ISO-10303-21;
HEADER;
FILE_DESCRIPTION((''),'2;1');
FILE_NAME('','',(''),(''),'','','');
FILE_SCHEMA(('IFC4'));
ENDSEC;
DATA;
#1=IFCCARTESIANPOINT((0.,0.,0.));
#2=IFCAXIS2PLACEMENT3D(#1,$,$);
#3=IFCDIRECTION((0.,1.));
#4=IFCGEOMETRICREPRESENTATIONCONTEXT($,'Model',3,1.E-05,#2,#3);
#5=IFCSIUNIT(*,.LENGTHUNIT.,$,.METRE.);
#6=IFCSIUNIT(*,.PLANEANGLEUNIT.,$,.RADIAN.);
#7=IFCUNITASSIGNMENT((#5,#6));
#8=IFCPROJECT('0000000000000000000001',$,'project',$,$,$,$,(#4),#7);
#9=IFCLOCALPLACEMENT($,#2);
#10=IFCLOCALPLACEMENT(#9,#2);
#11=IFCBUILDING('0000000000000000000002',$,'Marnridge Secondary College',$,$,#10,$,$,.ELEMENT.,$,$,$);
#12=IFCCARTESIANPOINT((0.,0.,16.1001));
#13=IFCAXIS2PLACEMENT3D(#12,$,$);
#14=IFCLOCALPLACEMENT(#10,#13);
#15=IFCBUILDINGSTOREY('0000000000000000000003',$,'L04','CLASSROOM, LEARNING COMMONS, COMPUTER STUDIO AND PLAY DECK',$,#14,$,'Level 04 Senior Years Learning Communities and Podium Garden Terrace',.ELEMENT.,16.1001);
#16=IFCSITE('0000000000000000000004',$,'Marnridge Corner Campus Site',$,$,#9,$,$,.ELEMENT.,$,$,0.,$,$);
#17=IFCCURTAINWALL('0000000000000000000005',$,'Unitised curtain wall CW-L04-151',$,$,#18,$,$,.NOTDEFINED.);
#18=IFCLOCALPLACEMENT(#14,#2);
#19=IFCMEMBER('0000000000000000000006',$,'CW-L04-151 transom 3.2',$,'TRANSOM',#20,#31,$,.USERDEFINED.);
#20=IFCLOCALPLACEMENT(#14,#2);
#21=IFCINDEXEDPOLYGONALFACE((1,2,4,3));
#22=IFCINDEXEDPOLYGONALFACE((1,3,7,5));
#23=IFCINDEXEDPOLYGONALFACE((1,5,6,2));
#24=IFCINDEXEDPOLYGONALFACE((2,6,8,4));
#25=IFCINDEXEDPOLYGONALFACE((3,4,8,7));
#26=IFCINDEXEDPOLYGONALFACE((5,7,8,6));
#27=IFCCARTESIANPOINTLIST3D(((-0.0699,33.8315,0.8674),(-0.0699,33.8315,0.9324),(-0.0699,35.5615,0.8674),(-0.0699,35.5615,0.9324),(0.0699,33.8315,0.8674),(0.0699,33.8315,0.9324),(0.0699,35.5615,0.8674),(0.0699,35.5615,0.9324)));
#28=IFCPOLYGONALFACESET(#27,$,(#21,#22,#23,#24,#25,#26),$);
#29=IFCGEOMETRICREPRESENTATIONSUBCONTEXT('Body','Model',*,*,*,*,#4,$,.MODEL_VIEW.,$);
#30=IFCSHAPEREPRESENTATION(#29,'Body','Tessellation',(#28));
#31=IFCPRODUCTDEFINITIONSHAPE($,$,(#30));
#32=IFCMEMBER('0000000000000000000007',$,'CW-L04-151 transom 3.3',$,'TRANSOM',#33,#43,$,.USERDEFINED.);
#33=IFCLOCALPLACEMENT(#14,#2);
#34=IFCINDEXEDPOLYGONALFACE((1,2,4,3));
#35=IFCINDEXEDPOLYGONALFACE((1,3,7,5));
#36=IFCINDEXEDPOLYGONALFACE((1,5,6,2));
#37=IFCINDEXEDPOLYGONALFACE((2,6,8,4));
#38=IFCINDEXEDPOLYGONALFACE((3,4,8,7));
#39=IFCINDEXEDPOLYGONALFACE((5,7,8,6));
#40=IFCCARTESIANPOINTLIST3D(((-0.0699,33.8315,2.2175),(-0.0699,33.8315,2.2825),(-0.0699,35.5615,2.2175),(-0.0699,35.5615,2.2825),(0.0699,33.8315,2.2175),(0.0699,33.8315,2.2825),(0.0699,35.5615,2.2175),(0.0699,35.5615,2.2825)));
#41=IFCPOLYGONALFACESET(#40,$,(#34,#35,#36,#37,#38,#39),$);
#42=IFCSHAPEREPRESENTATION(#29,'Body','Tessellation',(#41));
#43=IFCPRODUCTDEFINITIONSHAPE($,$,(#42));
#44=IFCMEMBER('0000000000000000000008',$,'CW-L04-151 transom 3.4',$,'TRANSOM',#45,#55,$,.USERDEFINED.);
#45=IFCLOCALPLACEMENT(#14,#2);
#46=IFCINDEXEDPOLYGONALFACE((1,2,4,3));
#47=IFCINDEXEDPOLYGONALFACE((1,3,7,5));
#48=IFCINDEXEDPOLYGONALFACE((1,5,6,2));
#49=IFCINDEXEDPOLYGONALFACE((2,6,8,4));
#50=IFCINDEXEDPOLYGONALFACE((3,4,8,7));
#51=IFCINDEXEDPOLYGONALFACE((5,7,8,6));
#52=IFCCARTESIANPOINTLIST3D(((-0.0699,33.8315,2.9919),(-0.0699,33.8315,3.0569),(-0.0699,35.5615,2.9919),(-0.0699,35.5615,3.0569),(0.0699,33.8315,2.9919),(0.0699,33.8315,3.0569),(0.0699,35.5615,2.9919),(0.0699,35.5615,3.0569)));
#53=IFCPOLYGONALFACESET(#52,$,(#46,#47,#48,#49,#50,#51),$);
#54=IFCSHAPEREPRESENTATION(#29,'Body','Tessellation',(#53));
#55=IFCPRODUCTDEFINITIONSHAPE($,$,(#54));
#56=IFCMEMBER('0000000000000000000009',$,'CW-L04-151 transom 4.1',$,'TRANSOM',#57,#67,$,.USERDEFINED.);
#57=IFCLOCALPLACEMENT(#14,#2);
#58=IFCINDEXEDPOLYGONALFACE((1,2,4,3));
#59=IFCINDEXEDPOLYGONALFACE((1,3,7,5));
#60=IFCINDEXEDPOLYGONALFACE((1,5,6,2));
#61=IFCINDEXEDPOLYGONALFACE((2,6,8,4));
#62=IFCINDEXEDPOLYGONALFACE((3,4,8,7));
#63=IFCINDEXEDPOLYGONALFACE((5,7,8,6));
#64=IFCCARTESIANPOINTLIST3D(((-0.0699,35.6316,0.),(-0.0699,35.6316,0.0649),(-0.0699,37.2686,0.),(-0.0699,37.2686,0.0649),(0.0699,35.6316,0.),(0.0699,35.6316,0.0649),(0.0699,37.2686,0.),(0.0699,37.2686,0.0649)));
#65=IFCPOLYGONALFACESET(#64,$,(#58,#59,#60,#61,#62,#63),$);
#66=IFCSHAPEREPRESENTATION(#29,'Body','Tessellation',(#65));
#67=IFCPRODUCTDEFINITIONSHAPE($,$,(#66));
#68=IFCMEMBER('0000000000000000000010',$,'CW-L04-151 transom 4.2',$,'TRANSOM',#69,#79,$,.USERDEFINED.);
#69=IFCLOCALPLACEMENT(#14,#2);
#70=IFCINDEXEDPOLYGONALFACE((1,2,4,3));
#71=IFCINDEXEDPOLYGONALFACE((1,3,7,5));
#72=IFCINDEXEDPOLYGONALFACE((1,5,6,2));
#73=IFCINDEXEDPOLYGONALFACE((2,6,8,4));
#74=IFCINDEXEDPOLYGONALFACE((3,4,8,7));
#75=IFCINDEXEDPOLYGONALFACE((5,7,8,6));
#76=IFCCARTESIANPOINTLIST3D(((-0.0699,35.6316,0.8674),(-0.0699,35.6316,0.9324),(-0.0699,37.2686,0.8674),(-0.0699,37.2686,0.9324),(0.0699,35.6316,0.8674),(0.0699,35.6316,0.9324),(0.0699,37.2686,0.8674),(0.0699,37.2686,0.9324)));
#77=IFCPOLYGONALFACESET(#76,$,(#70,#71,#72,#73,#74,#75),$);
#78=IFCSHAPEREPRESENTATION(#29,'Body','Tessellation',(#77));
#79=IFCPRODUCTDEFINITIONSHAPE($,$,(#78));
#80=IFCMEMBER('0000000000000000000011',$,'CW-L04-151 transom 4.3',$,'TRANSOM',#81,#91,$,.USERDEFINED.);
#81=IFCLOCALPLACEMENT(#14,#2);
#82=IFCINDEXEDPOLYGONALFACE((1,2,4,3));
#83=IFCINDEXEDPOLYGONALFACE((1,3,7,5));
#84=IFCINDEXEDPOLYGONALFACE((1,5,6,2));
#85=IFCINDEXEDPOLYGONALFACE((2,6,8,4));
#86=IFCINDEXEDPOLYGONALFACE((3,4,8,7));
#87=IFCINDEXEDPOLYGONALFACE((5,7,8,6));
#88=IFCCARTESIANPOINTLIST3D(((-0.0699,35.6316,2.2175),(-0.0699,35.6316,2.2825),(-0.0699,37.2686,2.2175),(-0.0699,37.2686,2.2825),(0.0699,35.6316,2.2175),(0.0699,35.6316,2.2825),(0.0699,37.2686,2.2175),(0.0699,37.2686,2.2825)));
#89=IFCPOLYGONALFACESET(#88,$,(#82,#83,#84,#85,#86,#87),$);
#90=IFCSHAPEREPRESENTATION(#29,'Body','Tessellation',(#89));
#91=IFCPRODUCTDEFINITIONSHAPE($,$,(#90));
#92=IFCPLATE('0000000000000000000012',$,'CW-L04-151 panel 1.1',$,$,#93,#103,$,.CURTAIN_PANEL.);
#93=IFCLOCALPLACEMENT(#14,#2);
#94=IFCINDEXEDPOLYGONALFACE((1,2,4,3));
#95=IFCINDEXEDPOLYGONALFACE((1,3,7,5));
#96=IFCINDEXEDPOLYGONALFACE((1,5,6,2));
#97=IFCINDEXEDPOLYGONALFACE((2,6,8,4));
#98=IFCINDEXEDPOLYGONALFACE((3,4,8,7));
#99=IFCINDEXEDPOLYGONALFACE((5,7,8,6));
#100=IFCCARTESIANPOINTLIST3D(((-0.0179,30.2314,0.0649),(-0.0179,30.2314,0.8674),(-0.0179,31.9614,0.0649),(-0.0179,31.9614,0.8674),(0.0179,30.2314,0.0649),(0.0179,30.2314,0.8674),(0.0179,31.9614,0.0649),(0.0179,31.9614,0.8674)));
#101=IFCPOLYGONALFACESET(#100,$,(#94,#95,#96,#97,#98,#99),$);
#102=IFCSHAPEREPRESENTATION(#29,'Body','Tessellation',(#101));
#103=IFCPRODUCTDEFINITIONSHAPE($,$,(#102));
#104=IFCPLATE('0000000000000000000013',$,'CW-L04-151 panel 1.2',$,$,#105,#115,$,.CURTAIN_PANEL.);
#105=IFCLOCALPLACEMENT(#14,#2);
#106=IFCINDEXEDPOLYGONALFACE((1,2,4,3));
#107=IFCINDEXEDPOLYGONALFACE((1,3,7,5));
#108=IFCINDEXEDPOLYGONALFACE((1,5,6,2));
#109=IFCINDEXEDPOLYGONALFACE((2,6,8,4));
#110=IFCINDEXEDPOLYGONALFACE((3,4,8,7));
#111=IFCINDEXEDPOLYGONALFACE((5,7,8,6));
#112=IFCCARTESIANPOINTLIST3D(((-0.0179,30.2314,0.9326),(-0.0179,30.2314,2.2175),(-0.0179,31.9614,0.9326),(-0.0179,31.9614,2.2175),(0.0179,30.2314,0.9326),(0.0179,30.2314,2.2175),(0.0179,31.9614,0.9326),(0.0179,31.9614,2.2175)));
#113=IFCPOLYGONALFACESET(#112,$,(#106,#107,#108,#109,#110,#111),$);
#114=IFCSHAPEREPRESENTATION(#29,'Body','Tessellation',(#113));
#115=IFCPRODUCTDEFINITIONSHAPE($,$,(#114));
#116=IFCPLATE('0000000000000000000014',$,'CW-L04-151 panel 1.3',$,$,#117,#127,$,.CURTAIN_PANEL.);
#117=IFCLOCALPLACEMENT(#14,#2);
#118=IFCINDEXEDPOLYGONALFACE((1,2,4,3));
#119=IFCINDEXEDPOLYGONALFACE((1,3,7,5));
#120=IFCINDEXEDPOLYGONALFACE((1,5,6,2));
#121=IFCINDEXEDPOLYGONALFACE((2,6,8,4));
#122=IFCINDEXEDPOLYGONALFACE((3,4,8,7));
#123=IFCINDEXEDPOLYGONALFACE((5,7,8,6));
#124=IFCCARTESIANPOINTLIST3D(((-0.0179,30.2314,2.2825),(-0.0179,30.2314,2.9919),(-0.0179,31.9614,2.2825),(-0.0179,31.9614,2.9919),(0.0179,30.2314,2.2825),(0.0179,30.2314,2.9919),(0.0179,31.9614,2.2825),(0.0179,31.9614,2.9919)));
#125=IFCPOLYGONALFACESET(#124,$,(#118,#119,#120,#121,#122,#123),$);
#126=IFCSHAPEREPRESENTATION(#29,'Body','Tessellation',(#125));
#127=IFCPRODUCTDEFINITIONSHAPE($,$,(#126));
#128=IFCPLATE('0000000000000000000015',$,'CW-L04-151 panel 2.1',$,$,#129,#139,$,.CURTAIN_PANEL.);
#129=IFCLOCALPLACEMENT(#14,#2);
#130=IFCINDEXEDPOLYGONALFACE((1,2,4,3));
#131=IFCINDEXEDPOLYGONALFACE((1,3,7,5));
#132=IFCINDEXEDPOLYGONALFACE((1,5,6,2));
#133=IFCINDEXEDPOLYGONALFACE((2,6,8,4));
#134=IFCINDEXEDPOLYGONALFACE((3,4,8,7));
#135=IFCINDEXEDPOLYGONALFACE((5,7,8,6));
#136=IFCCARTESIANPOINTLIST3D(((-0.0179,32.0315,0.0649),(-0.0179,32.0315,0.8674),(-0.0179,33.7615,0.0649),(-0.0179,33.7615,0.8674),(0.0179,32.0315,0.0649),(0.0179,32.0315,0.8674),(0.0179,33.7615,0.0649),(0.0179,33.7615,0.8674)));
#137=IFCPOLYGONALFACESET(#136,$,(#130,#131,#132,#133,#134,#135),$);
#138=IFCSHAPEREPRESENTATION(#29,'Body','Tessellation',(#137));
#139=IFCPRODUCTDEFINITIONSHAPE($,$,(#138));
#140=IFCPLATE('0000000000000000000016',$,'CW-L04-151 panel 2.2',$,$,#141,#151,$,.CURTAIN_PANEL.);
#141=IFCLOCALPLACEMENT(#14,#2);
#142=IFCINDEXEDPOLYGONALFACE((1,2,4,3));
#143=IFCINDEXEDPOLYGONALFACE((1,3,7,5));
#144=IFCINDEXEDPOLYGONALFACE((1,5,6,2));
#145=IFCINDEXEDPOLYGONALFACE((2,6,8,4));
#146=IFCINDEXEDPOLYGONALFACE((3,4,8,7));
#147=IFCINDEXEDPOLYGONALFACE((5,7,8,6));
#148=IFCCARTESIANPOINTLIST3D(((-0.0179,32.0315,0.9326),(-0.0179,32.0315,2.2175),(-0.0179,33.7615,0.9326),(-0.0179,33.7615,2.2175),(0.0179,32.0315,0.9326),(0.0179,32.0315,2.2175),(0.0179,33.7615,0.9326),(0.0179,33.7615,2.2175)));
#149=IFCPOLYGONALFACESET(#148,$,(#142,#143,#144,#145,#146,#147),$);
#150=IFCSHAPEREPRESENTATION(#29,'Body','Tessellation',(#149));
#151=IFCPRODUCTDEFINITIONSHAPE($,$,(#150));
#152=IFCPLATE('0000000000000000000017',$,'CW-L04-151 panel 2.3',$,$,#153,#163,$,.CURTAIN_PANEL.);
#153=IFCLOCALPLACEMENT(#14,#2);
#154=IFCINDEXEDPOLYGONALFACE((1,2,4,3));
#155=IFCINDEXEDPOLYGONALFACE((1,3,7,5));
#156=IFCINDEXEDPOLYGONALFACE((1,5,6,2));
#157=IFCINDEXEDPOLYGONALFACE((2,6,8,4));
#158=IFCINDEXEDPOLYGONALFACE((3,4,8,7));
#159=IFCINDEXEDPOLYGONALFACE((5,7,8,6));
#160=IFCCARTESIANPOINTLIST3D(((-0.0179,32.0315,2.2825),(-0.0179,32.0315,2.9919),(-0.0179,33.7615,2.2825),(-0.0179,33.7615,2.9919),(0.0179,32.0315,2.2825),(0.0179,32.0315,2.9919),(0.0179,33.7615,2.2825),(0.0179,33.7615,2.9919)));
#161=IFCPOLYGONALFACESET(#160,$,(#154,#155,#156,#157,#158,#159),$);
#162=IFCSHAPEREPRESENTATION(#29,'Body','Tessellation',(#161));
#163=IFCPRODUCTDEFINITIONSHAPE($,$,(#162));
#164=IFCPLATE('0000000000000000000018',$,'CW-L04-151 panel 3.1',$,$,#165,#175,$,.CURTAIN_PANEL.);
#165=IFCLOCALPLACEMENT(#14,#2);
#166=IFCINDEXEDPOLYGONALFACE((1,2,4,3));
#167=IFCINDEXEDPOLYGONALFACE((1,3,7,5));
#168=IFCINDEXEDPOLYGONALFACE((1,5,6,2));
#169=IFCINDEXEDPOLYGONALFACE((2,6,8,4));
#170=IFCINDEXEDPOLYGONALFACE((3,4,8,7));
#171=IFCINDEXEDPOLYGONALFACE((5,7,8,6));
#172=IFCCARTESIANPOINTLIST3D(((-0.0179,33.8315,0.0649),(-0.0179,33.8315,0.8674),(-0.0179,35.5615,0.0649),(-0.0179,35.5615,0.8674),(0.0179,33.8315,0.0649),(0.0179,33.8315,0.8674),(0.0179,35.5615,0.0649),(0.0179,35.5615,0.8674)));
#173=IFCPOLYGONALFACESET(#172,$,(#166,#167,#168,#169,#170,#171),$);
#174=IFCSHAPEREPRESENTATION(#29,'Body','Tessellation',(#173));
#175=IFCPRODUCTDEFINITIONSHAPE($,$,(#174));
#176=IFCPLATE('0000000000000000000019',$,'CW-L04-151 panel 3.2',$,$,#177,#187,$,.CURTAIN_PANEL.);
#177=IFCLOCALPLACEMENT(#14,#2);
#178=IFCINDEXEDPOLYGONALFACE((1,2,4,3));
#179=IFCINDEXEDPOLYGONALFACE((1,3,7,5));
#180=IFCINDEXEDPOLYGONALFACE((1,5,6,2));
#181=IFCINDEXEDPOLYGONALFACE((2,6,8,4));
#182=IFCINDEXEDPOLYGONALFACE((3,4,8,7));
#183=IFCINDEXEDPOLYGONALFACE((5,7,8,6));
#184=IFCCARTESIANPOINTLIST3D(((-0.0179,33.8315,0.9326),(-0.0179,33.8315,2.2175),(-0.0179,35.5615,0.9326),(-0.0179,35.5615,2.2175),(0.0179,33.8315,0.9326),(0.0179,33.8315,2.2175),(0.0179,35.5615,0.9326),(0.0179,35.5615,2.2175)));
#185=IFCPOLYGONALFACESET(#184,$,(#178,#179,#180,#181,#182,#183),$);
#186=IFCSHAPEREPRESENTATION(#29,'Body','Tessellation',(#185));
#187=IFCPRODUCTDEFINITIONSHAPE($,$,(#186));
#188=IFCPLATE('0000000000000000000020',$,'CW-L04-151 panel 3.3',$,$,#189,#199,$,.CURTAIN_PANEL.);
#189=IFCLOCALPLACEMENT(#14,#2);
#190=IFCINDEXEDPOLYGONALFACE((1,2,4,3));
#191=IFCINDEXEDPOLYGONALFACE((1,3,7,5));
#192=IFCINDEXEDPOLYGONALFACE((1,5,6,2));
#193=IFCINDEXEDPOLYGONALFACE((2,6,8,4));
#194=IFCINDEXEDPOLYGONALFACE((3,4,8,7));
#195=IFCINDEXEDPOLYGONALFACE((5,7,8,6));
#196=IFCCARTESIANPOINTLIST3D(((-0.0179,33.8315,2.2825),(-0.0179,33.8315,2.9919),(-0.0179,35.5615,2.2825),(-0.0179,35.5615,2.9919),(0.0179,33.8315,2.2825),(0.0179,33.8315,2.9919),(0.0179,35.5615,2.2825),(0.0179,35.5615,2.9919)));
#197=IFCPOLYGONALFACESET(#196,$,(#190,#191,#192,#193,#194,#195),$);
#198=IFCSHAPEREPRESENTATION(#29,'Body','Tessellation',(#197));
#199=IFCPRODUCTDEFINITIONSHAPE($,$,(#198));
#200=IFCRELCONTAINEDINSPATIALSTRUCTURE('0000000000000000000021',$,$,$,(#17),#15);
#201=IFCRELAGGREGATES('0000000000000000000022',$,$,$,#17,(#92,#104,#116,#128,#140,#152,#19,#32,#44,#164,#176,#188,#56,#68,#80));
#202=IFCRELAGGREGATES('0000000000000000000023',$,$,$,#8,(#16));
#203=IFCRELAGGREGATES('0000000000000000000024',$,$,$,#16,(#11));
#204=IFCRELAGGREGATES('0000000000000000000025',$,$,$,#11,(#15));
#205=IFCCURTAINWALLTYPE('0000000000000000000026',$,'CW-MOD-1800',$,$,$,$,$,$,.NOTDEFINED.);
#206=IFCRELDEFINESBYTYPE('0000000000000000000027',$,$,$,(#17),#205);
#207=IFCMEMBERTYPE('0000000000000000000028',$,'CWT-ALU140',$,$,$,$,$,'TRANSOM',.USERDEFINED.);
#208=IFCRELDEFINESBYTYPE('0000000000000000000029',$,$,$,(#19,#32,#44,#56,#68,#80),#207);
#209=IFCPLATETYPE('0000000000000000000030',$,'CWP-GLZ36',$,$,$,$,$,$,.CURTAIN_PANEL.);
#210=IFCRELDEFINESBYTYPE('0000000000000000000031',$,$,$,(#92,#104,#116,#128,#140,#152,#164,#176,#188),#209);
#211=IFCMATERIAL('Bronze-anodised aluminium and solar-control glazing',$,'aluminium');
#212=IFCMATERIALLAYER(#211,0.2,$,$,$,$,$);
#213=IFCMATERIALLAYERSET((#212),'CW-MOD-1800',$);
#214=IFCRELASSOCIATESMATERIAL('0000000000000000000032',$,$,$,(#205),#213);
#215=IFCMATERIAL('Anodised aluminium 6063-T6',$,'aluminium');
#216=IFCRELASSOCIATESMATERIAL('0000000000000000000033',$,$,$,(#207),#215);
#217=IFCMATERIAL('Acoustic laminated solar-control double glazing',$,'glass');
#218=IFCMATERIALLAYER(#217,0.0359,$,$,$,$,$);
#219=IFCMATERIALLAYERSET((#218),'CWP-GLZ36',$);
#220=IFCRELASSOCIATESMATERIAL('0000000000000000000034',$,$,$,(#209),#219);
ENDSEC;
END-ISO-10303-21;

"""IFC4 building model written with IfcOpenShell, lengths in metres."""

from ifc_helpers import new_model, si_unit, direction, frame, origin, origin_2d, place, context, subcontext, project, spatial, rectangle, extrude, material, layer, layer_set, material_profile, profile_set, type_object, element, aggregate, save


model = new_model("IFC4")

# Units and contexts
model_context = context("Model", 3, precision=1e-05, world=origin(), true_north=direction((0.0, 1.0)))
body_context = subcontext(model_context, "Body", "Model", "MODEL_VIEW")
ifc_project = project(units=[si_unit("LENGTHUNIT", "METRE"), si_unit("PLANEANGLEUNIT", "RADIAN")], contexts=[model_context])

# Site, building, storey
site_placement = place(None, origin())
site = spatial("IfcSite", under=ifc_project, at=site_placement, Name="Marnridge Corner Campus Site", CompositionType="ELEMENT", RefElevation=0.0)
building_placement = place(site_placement, origin())
building = spatial("IfcBuilding", under=site, at=building_placement, Name="Marnridge Secondary College", CompositionType="ELEMENT")
storey_placement = place(building_placement, frame((0.0, 0.0, 16.1001)))
storey = spatial("IfcBuildingStorey", under=building, at=storey_placement, Name="L04", Description="CLASSROOM, LEARNING COMMONS, COMPUTER STUDIO AND PLAY DECK", LongName="Level 04 Senior Years Learning Communities and Podium Garden Terrace", CompositionType="ELEMENT", Elevation=16.1001)

# Curtain wall, members, plates
ifc_material_1 = material(Name="Bronze-anodised aluminium and solar-control glazing", Category="aluminium")
ifc_layer_1 = layer(ifc_material_1, 0.2)
ifc_layer_set_1 = layer_set([ifc_layer_1], Name="CW-MOD-1800")
curtain_wall_type = type_object("IfcCurtainWallType", Name="CW-MOD-1800", PredefinedType="NOTDEFINED", material=ifc_layer_set_1)
curtain_wall_placement = place(storey_placement, origin())
curtain_wall = element("IfcCurtainWall", 1, at=curtain_wall_placement, inside=storey, type_object=curtain_wall_type, Name="Unitised curtain wall CW-L04-151", PredefinedType="NOTDEFINED")
ifc_material_2 = material(Name="Anodised aluminium 6063-T6", Category="aluminium")
ifc_material_profile_1 = material_profile(ifc_material_2, rectangle(XDim=0.0649, YDim=0.1399, at=origin_2d()), Name="ALU 65x140")
ifc_profile_set_1 = profile_set([ifc_material_profile_1], Name="Anodised aluminium 6063-T6")
member_type_1 = type_object("IfcMemberType", Name="CWT-ALU140", ElementType="TRANSOM", PredefinedType="USERDEFINED", material=ifc_profile_set_1)
member_1_placement = place(storey_placement, frame((0.0, 33.8315, 0.8999), z_axis=(0.0, 1.0, 0.0), x_axis=(0.0, 0.0, 1.0)))
member_1 = element("IfcMember", 2, at=member_1_placement, type_object=member_type_1, Name="CW-L04-151 transom 3.2", ObjectType="TRANSOM", PredefinedType="USERDEFINED", context=body_context, shape_type="SweptSolid", body=[
    extrude(rectangle(XDim=0.0649, YDim=0.1399, at=origin_2d()), origin(), (0.0, 0.0, 1.0), 1.73),
])
member_2_placement = place(storey_placement, frame((0.0, 33.8315, 2.25), z_axis=(0.0, 1.0, 0.0), x_axis=(0.0, 0.0, 1.0)))
member_2 = element("IfcMember", 3, at=member_2_placement, type_object=member_type_1, Name="CW-L04-151 transom 3.3", ObjectType="TRANSOM", PredefinedType="USERDEFINED", context=body_context, shape_type="SweptSolid", body=[
    extrude(rectangle(XDim=0.0649, YDim=0.1399, at=origin_2d()), origin(), (0.0, 0.0, 1.0), 1.73),
])
member_3_placement = place(storey_placement, frame((0.0, 33.8315, 3.0244), z_axis=(0.0, 1.0, 0.0), x_axis=(0.0, 0.0, 1.0)))
member_3 = element("IfcMember", 4, at=member_3_placement, type_object=member_type_1, Name="CW-L04-151 transom 3.4", ObjectType="TRANSOM", PredefinedType="USERDEFINED", context=body_context, shape_type="SweptSolid", body=[
    extrude(rectangle(XDim=0.0649, YDim=0.1399, at=origin_2d()), origin(), (0.0, 0.0, 1.0), 1.73),
])
member_4_placement = place(storey_placement, frame((0.0, 35.6316, 0.0325), z_axis=(0.0, 1.0, 0.0), x_axis=(0.0, 0.0, 1.0)))
member_4 = element("IfcMember", 5, at=member_4_placement, type_object=member_type_1, Name="CW-L04-151 transom 4.1", ObjectType="TRANSOM", PredefinedType="USERDEFINED", context=body_context, shape_type="SweptSolid", body=[
    extrude(rectangle(XDim=0.0649, YDim=0.1399, at=origin_2d()), origin(), (0.0, 0.0, 1.0), 1.637),
])
member_5_placement = place(storey_placement, frame((0.0, 35.6316, 0.8999), z_axis=(0.0, 1.0, 0.0), x_axis=(0.0, 0.0, 1.0)))
member_5 = element("IfcMember", 6, at=member_5_placement, type_object=member_type_1, Name="CW-L04-151 transom 4.2", ObjectType="TRANSOM", PredefinedType="USERDEFINED", context=body_context, shape_type="SweptSolid", body=[
    extrude(rectangle(XDim=0.0649, YDim=0.1399, at=origin_2d()), origin(), (0.0, 0.0, 1.0), 1.637),
])
member_6_placement = place(storey_placement, frame((0.0, 35.6316, 2.25), z_axis=(0.0, 1.0, 0.0), x_axis=(0.0, 0.0, 1.0)))
member_6 = element("IfcMember", 7, at=member_6_placement, type_object=member_type_1, Name="CW-L04-151 transom 4.3", ObjectType="TRANSOM", PredefinedType="USERDEFINED", context=body_context, shape_type="SweptSolid", body=[
    extrude(rectangle(XDim=0.0649, YDim=0.1399, at=origin_2d()), origin(), (0.0, 0.0, 1.0), 1.637),
])
ifc_material_3 = material(Name="Acoustic laminated solar-control double glazing", Category="glass")
ifc_layer_2 = layer(ifc_material_3, 0.0359)
ifc_layer_set_2 = layer_set([ifc_layer_2], Name="CWP-GLZ36")
plate_type = type_object("IfcPlateType", Name="CWP-GLZ36", PredefinedType="CURTAIN_PANEL", material=ifc_layer_set_2)
plate_1_placement = place(storey_placement, frame((0.0, 31.0964, 0.0649), z_axis=(0.0, 0.0, 1.0), x_axis=(0.0, 1.0, 0.0)))
plate_1 = element("IfcPlate", 8, at=plate_1_placement, type_object=plate_type, Name="CW-L04-151 panel 1.1", PredefinedType="CURTAIN_PANEL", context=body_context, shape_type="SweptSolid", body=[
    extrude(rectangle(XDim=1.73, YDim=0.0359, at=origin_2d()), origin(), (0.0, 0.0, 1.0), 0.8025),
])
plate_2_placement = place(storey_placement, frame((0.0, 31.0964, 0.9326), z_axis=(0.0, 0.0, 1.0), x_axis=(0.0, 1.0, 0.0)))
plate_2 = element("IfcPlate", 9, at=plate_2_placement, type_object=plate_type, Name="CW-L04-151 panel 1.2", PredefinedType="CURTAIN_PANEL", context=body_context, shape_type="SweptSolid", body=[
    extrude(rectangle(XDim=1.73, YDim=0.0359, at=origin_2d()), origin(), (0.0, 0.0, 1.0), 1.2849),
])
plate_3_placement = place(storey_placement, frame((0.0, 31.0964, 2.2825), z_axis=(0.0, 0.0, 1.0), x_axis=(0.0, 1.0, 0.0)))
plate_3 = element("IfcPlate", 10, at=plate_3_placement, type_object=plate_type, Name="CW-L04-151 panel 1.3", PredefinedType="CURTAIN_PANEL", context=body_context, shape_type="SweptSolid", body=[
    extrude(rectangle(XDim=1.73, YDim=0.0359, at=origin_2d()), origin(), (0.0, 0.0, 1.0), 0.7095),
])
plate_4_placement = place(storey_placement, frame((0.0, 32.8965, 0.0649), z_axis=(0.0, 0.0, 1.0), x_axis=(0.0, 1.0, 0.0)))
plate_4 = element("IfcPlate", 11, at=plate_4_placement, type_object=plate_type, Name="CW-L04-151 panel 2.1", PredefinedType="CURTAIN_PANEL", context=body_context, shape_type="SweptSolid", body=[
    extrude(rectangle(XDim=1.73, YDim=0.0359, at=origin_2d()), origin(), (0.0, 0.0, 1.0), 0.8025),
])
plate_5_placement = place(storey_placement, frame((0.0, 32.8965, 0.9326), z_axis=(0.0, 0.0, 1.0), x_axis=(0.0, 1.0, 0.0)))
plate_5 = element("IfcPlate", 12, at=plate_5_placement, type_object=plate_type, Name="CW-L04-151 panel 2.2", PredefinedType="CURTAIN_PANEL", context=body_context, shape_type="SweptSolid", body=[
    extrude(rectangle(XDim=1.73, YDim=0.0359, at=origin_2d()), origin(), (0.0, 0.0, 1.0), 1.2849),
])
plate_6_placement = place(storey_placement, frame((0.0, 32.8965, 2.2825), z_axis=(0.0, 0.0, 1.0), x_axis=(0.0, 1.0, 0.0)))
plate_6 = element("IfcPlate", 13, at=plate_6_placement, type_object=plate_type, Name="CW-L04-151 panel 2.3", PredefinedType="CURTAIN_PANEL", context=body_context, shape_type="SweptSolid", body=[
    extrude(rectangle(XDim=1.73, YDim=0.0359, at=origin_2d()), origin(), (0.0, 0.0, 1.0), 0.7095),
])
plate_7_placement = place(storey_placement, frame((0.0, 34.6965, 0.0649), z_axis=(0.0, 0.0, 1.0), x_axis=(0.0, 1.0, 0.0)))
plate_7 = element("IfcPlate", 14, at=plate_7_placement, type_object=plate_type, Name="CW-L04-151 panel 3.1", PredefinedType="CURTAIN_PANEL", context=body_context, shape_type="SweptSolid", body=[
    extrude(rectangle(XDim=1.73, YDim=0.0359, at=origin_2d()), origin(), (0.0, 0.0, 1.0), 0.8025),
])
plate_8_placement = place(storey_placement, frame((0.0, 34.6965, 0.9326), z_axis=(0.0, 0.0, 1.0), x_axis=(0.0, 1.0, 0.0)))
plate_8 = element("IfcPlate", 15, at=plate_8_placement, type_object=plate_type, Name="CW-L04-151 panel 3.2", PredefinedType="CURTAIN_PANEL", context=body_context, shape_type="SweptSolid", body=[
    extrude(rectangle(XDim=1.73, YDim=0.0359, at=origin_2d()), origin(), (0.0, 0.0, 1.0), 1.2849),
])
plate_9_placement = place(storey_placement, frame((0.0, 34.6965, 2.2825), z_axis=(0.0, 0.0, 1.0), x_axis=(0.0, 1.0, 0.0)))
plate_9 = element("IfcPlate", 16, at=plate_9_placement, type_object=plate_type, Name="CW-L04-151 panel 3.3", PredefinedType="CURTAIN_PANEL", context=body_context, shape_type="SweptSolid", body=[
    extrude(rectangle(XDim=1.73, YDim=0.0359, at=origin_2d()), origin(), (0.0, 0.0, 1.0), 0.7095),
])
aggregate(curtain_wall, [plate_1, plate_2, plate_3, plate_4, plate_5, plate_6, member_1, member_2, member_3, plate_7, plate_8, plate_9, member_4, member_5, member_6])

save(model, "model.ifc")
